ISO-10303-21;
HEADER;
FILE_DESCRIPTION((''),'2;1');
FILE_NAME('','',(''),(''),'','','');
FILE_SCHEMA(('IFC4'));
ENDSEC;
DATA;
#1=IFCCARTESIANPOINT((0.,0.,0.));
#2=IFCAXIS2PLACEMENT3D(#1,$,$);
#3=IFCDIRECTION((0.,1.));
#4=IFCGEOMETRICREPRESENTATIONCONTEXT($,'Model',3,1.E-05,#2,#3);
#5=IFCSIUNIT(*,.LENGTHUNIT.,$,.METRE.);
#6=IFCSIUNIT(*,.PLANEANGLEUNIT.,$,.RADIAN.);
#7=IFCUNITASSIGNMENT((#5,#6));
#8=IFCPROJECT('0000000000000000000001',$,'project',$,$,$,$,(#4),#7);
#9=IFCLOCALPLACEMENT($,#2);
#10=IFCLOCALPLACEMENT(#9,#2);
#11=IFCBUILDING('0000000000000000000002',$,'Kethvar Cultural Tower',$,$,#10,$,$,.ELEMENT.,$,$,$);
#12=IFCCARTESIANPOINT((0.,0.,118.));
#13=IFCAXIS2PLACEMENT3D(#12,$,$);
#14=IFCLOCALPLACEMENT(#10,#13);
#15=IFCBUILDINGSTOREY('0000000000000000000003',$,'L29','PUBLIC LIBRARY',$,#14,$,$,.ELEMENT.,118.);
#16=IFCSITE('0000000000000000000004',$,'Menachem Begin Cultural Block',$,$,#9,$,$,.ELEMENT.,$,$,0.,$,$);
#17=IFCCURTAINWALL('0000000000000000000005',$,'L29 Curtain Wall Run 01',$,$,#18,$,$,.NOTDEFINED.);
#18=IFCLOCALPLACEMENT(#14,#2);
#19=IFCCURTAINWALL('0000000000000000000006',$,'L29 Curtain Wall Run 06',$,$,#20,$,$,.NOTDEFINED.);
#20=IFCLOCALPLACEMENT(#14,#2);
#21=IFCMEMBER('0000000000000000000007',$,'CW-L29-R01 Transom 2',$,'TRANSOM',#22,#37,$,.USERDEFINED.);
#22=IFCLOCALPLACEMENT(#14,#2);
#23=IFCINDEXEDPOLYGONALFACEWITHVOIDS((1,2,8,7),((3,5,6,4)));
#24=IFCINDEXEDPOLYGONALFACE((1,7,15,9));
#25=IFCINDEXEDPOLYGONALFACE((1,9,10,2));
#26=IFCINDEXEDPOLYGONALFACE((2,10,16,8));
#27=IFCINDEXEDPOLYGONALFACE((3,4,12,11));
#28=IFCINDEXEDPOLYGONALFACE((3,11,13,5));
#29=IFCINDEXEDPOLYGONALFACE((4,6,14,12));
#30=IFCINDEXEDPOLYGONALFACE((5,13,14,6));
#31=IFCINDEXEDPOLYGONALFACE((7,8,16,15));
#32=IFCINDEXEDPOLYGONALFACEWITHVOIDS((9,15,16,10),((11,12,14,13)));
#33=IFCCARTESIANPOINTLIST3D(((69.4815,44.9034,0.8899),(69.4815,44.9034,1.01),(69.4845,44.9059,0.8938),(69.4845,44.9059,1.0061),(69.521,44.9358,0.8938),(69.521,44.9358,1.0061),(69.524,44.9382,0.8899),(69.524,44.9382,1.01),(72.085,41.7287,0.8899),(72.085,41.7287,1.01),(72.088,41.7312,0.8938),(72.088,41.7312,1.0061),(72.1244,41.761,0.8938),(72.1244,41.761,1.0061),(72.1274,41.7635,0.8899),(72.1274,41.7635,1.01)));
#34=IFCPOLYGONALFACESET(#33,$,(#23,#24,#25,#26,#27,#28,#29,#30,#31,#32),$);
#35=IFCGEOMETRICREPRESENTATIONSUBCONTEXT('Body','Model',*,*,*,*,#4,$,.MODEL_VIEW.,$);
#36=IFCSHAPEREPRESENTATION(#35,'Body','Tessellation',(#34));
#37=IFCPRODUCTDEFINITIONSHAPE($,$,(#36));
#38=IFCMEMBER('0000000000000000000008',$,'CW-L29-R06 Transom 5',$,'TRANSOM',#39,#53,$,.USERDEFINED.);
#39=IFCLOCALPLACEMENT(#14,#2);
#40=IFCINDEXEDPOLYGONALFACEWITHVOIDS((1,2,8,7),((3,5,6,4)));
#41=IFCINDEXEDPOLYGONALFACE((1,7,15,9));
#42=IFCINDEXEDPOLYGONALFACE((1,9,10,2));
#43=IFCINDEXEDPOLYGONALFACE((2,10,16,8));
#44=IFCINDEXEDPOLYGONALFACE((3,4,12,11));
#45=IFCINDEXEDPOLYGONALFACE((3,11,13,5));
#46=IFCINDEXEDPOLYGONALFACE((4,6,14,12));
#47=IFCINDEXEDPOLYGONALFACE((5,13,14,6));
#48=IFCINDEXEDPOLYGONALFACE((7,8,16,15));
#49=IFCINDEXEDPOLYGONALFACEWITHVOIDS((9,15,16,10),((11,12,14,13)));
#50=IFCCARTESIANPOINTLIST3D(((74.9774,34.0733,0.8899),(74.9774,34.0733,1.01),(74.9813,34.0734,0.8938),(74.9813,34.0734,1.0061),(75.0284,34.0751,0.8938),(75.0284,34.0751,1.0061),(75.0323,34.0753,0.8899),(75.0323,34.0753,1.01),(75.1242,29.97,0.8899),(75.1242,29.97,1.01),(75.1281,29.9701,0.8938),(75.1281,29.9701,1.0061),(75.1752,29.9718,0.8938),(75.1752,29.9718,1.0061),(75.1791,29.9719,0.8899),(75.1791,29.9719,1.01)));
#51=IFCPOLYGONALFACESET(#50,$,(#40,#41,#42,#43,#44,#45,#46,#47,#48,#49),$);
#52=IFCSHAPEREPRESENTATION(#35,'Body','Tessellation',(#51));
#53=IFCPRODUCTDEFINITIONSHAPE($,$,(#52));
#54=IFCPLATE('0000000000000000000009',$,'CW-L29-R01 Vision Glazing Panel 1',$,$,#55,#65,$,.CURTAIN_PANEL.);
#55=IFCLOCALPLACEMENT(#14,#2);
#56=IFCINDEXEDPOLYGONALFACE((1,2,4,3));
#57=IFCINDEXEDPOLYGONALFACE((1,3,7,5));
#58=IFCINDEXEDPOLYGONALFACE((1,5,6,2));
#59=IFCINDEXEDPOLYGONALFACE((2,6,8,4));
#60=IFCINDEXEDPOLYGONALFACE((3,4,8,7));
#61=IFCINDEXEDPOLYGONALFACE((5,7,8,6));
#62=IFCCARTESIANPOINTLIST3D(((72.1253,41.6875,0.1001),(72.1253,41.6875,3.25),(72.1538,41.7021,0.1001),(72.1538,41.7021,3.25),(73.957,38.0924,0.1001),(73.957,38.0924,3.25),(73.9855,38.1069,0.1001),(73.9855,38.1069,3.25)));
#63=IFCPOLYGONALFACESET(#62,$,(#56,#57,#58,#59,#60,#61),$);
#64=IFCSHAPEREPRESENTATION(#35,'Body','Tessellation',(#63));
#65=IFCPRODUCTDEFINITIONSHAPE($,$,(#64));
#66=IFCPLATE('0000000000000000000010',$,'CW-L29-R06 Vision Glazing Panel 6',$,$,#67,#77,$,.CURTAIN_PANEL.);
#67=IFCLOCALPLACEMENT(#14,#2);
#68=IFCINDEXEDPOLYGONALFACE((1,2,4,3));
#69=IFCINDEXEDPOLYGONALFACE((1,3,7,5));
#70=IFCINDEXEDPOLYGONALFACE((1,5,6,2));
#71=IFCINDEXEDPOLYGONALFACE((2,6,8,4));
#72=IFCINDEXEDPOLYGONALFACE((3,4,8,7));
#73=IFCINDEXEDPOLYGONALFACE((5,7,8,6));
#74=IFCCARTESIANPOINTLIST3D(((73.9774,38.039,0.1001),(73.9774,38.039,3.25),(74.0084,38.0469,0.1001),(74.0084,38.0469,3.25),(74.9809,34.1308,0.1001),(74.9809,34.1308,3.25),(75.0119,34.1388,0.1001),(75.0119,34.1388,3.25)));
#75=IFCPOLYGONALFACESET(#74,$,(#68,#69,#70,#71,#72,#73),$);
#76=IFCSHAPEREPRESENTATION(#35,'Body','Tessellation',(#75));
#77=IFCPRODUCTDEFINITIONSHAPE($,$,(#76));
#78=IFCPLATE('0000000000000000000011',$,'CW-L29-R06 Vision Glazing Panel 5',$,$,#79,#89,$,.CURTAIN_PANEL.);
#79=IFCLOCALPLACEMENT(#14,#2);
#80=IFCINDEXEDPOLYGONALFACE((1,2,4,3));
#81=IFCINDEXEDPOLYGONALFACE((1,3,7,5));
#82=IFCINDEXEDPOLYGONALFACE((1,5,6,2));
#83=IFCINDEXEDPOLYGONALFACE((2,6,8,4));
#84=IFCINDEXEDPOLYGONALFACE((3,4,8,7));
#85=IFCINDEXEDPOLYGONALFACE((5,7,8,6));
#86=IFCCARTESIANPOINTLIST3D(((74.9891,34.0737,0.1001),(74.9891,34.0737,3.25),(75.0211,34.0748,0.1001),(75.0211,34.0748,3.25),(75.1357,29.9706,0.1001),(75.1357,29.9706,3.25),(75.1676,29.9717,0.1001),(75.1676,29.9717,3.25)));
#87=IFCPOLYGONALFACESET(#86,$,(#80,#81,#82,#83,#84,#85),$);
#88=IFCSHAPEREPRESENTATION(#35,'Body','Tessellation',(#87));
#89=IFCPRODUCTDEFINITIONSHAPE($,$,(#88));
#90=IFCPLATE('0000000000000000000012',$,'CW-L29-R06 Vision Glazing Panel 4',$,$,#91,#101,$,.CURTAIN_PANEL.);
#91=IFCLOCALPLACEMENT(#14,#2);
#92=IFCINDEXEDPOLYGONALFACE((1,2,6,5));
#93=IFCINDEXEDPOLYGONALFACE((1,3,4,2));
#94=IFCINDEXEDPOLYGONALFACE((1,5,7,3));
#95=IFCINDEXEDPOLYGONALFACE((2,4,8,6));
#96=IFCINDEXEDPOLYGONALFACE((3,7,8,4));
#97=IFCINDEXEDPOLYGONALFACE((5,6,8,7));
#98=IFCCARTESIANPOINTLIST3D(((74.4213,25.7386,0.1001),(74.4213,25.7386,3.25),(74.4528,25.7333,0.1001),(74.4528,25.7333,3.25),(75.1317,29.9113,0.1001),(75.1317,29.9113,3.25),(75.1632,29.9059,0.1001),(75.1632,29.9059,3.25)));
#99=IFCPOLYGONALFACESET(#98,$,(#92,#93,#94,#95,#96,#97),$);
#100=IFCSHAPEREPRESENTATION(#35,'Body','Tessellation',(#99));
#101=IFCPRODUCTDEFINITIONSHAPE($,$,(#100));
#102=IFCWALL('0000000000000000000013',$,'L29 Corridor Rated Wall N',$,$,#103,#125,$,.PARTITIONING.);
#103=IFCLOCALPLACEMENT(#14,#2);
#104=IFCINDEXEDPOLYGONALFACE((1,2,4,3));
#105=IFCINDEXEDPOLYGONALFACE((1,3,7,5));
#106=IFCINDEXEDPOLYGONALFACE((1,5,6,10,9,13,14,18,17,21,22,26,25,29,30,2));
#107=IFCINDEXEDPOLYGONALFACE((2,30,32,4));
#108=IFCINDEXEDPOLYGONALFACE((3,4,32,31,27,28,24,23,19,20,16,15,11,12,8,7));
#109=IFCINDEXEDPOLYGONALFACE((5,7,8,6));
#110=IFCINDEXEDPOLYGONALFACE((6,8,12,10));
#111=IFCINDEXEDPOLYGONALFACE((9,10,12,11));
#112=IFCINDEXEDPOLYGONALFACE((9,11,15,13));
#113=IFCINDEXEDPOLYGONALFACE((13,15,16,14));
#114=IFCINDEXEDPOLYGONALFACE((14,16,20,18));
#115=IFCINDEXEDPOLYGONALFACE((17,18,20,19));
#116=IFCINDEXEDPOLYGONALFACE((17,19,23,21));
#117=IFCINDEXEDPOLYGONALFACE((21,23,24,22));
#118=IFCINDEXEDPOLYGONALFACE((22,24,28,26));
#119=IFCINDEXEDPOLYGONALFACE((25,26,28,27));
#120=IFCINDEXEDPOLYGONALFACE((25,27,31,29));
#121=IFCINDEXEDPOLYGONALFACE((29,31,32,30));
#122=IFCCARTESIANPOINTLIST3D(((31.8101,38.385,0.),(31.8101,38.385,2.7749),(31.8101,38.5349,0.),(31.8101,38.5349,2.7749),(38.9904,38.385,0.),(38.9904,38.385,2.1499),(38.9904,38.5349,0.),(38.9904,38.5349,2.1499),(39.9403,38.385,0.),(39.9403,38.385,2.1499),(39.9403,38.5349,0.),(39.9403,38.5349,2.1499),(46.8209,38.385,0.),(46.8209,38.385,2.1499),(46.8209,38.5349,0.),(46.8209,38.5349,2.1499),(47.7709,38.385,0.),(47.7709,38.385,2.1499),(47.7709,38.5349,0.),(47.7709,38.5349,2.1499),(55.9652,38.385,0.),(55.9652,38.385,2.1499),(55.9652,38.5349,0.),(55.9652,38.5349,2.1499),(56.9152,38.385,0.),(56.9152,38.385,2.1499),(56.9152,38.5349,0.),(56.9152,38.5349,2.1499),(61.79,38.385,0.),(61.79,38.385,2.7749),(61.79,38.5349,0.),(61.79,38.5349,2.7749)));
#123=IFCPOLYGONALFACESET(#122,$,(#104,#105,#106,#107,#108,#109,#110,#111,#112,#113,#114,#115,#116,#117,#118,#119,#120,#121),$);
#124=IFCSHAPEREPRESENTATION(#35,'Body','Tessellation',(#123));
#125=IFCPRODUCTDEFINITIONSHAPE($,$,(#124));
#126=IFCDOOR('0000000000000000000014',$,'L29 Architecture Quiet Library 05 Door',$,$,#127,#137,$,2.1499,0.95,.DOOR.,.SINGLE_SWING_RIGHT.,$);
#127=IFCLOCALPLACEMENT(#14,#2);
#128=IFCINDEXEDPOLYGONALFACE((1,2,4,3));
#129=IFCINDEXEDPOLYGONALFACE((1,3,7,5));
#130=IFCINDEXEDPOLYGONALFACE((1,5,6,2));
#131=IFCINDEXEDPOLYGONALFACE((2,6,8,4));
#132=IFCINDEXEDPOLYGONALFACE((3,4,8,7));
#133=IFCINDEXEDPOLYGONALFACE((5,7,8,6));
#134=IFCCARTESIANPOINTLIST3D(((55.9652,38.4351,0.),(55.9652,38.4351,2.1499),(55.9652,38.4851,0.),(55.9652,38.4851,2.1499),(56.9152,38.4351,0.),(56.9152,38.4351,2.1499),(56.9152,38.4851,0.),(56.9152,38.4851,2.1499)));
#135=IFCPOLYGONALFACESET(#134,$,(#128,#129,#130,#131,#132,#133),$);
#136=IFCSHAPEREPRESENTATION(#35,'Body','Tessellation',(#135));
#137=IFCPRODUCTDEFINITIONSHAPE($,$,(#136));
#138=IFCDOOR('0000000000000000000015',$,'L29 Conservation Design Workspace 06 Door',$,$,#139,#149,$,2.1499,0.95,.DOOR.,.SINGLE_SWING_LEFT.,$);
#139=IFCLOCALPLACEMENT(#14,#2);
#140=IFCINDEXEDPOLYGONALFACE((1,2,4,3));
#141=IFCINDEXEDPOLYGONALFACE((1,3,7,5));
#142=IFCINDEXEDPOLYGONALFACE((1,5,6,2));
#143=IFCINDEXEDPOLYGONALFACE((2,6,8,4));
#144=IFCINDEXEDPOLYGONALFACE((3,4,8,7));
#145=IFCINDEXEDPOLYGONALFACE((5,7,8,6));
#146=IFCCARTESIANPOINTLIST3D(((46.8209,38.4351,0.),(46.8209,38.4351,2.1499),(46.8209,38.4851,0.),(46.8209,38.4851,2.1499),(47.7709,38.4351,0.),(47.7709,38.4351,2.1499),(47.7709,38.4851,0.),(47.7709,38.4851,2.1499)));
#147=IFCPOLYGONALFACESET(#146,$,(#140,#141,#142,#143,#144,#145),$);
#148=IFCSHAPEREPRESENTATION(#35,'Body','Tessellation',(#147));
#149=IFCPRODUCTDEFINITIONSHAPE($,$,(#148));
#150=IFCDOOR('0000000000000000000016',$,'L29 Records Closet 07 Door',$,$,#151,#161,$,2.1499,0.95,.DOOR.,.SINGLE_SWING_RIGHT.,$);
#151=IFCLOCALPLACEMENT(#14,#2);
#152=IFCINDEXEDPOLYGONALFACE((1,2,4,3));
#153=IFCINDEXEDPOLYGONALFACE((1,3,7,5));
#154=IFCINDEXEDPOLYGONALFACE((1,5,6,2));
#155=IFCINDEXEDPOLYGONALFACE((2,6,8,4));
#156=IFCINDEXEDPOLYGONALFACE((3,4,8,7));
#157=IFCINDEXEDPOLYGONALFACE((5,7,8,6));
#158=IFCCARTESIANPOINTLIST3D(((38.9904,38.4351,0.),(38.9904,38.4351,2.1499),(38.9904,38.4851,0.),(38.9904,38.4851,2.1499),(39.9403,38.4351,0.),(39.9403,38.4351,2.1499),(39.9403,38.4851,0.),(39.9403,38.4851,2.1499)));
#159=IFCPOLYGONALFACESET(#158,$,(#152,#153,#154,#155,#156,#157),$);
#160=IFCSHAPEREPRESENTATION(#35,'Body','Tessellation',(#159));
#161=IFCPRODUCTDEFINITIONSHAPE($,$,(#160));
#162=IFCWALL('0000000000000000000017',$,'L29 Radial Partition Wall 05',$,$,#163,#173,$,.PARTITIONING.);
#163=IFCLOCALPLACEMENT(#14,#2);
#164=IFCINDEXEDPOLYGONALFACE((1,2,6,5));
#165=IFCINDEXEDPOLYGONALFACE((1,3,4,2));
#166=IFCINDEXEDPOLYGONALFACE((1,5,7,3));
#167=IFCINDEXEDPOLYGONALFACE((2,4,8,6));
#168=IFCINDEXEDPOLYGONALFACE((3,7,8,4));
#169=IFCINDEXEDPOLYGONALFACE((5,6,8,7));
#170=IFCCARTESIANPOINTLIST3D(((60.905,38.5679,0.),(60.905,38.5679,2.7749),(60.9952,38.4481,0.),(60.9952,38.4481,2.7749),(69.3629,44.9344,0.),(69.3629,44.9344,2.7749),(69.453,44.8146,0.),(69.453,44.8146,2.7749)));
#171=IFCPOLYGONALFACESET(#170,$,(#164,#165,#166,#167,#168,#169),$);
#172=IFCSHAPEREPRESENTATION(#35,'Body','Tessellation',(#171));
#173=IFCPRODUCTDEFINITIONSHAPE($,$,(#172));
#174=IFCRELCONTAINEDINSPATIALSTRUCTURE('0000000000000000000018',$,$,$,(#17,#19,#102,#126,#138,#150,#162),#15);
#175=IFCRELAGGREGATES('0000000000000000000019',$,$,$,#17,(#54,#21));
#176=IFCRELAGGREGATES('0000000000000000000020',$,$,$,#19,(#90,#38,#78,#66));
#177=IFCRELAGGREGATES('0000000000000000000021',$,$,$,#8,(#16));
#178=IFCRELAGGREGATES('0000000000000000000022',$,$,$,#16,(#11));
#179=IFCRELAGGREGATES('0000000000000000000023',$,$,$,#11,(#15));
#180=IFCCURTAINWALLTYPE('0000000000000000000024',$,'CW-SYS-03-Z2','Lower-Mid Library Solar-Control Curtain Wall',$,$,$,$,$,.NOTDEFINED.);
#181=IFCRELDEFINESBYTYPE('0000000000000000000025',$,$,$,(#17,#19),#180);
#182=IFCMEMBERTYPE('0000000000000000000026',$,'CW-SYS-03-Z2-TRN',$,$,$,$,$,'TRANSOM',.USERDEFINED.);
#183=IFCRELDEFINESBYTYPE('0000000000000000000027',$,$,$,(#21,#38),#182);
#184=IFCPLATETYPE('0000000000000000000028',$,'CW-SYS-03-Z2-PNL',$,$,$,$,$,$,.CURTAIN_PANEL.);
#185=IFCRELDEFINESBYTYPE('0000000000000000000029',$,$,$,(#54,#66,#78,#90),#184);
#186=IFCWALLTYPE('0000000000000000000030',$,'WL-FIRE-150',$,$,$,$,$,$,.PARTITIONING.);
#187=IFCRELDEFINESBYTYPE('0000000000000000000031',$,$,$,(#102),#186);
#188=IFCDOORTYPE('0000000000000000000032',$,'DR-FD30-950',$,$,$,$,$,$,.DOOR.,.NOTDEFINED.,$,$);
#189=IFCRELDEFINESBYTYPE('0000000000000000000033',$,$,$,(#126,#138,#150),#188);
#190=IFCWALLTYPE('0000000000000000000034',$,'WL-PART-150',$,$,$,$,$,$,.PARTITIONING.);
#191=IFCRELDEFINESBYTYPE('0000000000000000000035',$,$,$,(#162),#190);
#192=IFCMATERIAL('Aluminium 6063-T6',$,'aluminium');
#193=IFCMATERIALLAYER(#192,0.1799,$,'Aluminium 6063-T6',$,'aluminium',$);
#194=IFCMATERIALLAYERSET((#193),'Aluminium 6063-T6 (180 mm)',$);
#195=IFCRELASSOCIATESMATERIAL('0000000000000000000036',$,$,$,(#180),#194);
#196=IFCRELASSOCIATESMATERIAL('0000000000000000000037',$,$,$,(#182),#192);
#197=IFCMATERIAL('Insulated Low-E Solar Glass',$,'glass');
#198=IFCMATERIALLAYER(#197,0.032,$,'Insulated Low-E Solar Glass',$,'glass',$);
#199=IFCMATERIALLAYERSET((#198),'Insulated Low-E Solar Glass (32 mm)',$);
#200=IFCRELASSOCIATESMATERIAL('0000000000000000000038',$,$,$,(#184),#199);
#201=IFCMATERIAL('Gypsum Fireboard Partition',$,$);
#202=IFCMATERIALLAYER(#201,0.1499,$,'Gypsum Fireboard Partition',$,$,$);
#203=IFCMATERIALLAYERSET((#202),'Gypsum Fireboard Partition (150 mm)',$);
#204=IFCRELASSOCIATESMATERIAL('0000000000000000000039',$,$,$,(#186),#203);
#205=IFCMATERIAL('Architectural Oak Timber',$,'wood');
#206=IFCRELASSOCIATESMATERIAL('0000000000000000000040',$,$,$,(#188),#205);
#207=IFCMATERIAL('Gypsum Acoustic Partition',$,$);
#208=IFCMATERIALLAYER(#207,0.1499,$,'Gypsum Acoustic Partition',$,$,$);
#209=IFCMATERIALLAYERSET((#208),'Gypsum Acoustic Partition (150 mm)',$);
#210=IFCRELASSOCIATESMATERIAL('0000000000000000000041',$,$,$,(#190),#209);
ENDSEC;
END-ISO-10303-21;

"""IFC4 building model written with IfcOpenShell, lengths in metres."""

from ifc_helpers import new_model, si_unit, direction, frame, frame_2d, origin, origin_2d, place, context, subcontext, project, spatial, rectangle, hollow_rectangle, extrude, source, transform, mapped, material, layer, layer_set, material_profile, profile_set, type_object, element, fill, aggregate, save


model = new_model("IFC4")

# Units and contexts
model_context = context("Model", 3, precision=1e-05, world=origin(), true_north=direction((0.0, 1.0)))
body_context = subcontext(model_context, "Body", "Model", "MODEL_VIEW")
ifc_project = project(units=[si_unit("LENGTHUNIT", "METRE"), si_unit("PLANEANGLEUNIT", "RADIAN")], contexts=[model_context])

# Site, building, storey
site_placement = place(None, origin())
site = spatial("IfcSite", under=ifc_project, at=site_placement, Name="Menachem Begin Cultural Block", CompositionType="ELEMENT", RefElevation=0.0)
building_placement = place(site_placement, origin())
building = spatial("IfcBuilding", under=site, at=building_placement, Name="Kethvar Cultural Tower", CompositionType="ELEMENT")
storey_placement = place(building_placement, frame((0.0, 0.0, 118.0)))
storey = spatial("IfcBuildingStorey", under=building, at=storey_placement, Name="L29", Description="PUBLIC LIBRARY", CompositionType="ELEMENT", Elevation=118.0)

# Curtain walls
ifc_material_1 = material(Name="Aluminium 6063-T6", Category="aluminium")
ifc_layer_1 = layer(ifc_material_1, 0.1799, Name="Aluminium 6063-T6", Category="aluminium")
ifc_layer_set_1 = layer_set([ifc_layer_1], Name="Aluminium 6063-T6 (180 mm)")
curtain_wall_type = type_object("IfcCurtainWallType", Name="CW-SYS-03-Z2", Description="Lower-Mid Library Solar-Control Curtain Wall", PredefinedType="NOTDEFINED", material=ifc_layer_set_1)
curtain_wall_1_placement = place(storey_placement, origin())
curtain_wall_1 = element("IfcCurtainWall", 1, at=curtain_wall_1_placement, inside=storey, type_object=curtain_wall_type, Name="L29 Curtain Wall Run 01", PredefinedType="NOTDEFINED")
curtain_wall_2_placement = place(storey_placement, origin())
curtain_wall_2 = element("IfcCurtainWall", 2, at=curtain_wall_2_placement, inside=storey, type_object=curtain_wall_type, Name="L29 Curtain Wall Run 06", PredefinedType="NOTDEFINED")

# Members
ifc_material_profile_1 = material_profile(ifc_material_1, hollow_rectangle(XDim=0.0549, YDim=0.1201, WallThickness=0.0039, at=origin_2d()), Name="Aluminium 6063-T6 — RHS120x55x4")
ifc_profile_set_1 = profile_set([ifc_material_profile_1], Name="Aluminium 6063-T6 — RHS120x55x4")
member_type_1 = type_object("IfcMemberType", Name="CW-SYS-03-Z2-TRN", ElementType="TRANSOM", PredefinedType="USERDEFINED", material=ifc_profile_set_1)
shared_shape_1 = source(origin(), body_context, "Body", "SweptSolid", [
    extrude(hollow_rectangle(XDim=0.0549, YDim=0.1201, WallThickness=0.0039, at=origin_2d()), origin(), (0.0, 0.0, 1.0), 4.1057),
])
member_1_placement = place(storey_placement, frame((72.1062, 41.7461, 0.95), z_axis=(-0.634105, 0.773247, 0.0), x_axis=(-0.773247, -0.634105, 0.0)))
member_1 = element("IfcMember", 3, at=member_1_placement, type_object=member_type_1, Name="CW-L29-R01 Transom 2", ObjectType="TRANSOM", PredefinedType="USERDEFINED", context=body_context, shape_type="MappedRepresentation", body=[
    mapped(shared_shape_1, transform((0.0, 0.0, 0.0), scale=1.0)),
])
shared_shape_2 = source(origin(), body_context, "Body", "SweptSolid", [
    extrude(hollow_rectangle(XDim=0.0549, YDim=0.1201, WallThickness=0.0039, at=origin_2d()), origin(), (0.0, 0.0, 1.0), 4.106),
])
member_2_placement = place(storey_placement, frame((75.1516, 29.9709, 0.95), z_axis=(-0.035736, 0.999361, 0.0), x_axis=(-0.999361, -0.035736, 0.0)))
member_2 = element("IfcMember", 4, at=member_2_placement, type_object=member_type_1, Name="CW-L29-R06 Transom 5", ObjectType="TRANSOM", PredefinedType="USERDEFINED", context=body_context, shape_type="MappedRepresentation", body=[
    mapped(shared_shape_2, transform((0.0, 0.0, 0.0), scale=1.0)),
])

# Plates
ifc_material_2 = material(Name="Insulated Low-E Solar Glass", Category="glass")
ifc_layer_2 = layer(ifc_material_2, 0.032, Name="Insulated Low-E Solar Glass", Category="glass")
ifc_layer_set_2 = layer_set([ifc_layer_2], Name="Insulated Low-E Solar Glass (32 mm)")
plate_type = type_object("IfcPlateType", Name="CW-SYS-03-Z2-PNL", PredefinedType="CURTAIN_PANEL", material=ifc_layer_set_2)
shared_shape_3 = source(origin(), body_context, "Body", "SweptSolid", [
    extrude(rectangle(XDim=4.0349, YDim=0.032, at=origin_2d()), origin(), (0.0, 0.0, 1.0), 3.1499),
])
plate_1_placement = place(storey_placement, frame((73.0554, 39.8972, 0.1001), z_axis=(0.0, 0.0, 1.0), x_axis=(-0.453975, 0.891014, 0.0)))
plate_1 = element("IfcPlate", 5, at=plate_1_placement, type_object=plate_type, Name="CW-L29-R01 Vision Glazing Panel 1", PredefinedType="CURTAIN_PANEL", context=body_context, shape_type="MappedRepresentation", body=[
    mapped(shared_shape_3, transform((0.0, 0.0, 0.0), scale=1.0)),
])
aggregate(curtain_wall_1, [plate_1, member_1])
plate_2_placement = place(storey_placement, frame((74.4946, 36.0889, 0.1001), z_axis=(0.0, 0.0, 1.0), x_axis=(-0.248707, 0.968579, 0.0)))
plate_2 = element("IfcPlate", 6, at=plate_2_placement, type_object=plate_type, Name="CW-L29-R06 Vision Glazing Panel 6", PredefinedType="CURTAIN_PANEL", context=body_context, shape_type="MappedRepresentation", body=[
    mapped(shared_shape_3, transform((0.0, 0.0, 0.0), scale=1.0)),
])
shared_shape_4 = source(origin(), body_context, "Body", "SweptSolid", [
    extrude(rectangle(XDim=4.1057, YDim=0.032, at=origin_2d()), origin(), (0.0, 0.0, 1.0), 3.1499),
])
plate_3_placement = place(storey_placement, frame((75.0784, 32.0227, 0.1001), z_axis=(0.0, 0.0, 1.0), x_axis=(-0.035702, 0.999362, 0.0)))
plate_3 = element("IfcPlate", 7, at=plate_3_placement, type_object=plate_type, Name="CW-L29-R06 Vision Glazing Panel 5", PredefinedType="CURTAIN_PANEL", context=body_context, shape_type="MappedRepresentation", body=[
    mapped(shared_shape_4, transform((0.0, 0.0, 0.0), scale=1.0)),
])
shared_shape_5 = source(origin(), body_context, "Body", "SweptSolid", [
    extrude(rectangle(XDim=4.2327, YDim=0.032, at=origin_2d()), origin(), (0.0, 0.0, 1.0), 3.1499),
])
plate_4_placement = place(storey_placement, frame((74.7922, 27.8223, 0.1001), z_axis=(0.0, 0.0, 1.0), x_axis=(0.167836, 0.985815, 0.0)))
plate_4 = element("IfcPlate", 8, at=plate_4_placement, type_object=plate_type, Name="CW-L29-R06 Vision Glazing Panel 4", PredefinedType="CURTAIN_PANEL", context=body_context, shape_type="MappedRepresentation", body=[
    mapped(shared_shape_5, transform((0.0, 0.0, 0.0), scale=1.0)),
])
aggregate(curtain_wall_2, [plate_4, member_2, plate_3, plate_2])

# Wall, openings, doors
ifc_material_3 = material(Name="Gypsum Fireboard Partition")
ifc_layer_3 = layer(ifc_material_3, 0.1499, Name="Gypsum Fireboard Partition")
ifc_layer_set_3 = layer_set([ifc_layer_3], Name="Gypsum Fireboard Partition (150 mm)")
wall_type_1 = type_object("IfcWallType", Name="WL-FIRE-150", PredefinedType="PARTITIONING", material=ifc_layer_set_3)
wall_1_placement = place(storey_placement, frame((61.79, 38.46, 0.0), z_axis=(0.0, 0.0, 1.0), x_axis=(-1.0, 0.0, 0.0)))
wall_1 = element("IfcWall", 9, at=wall_1_placement, inside=storey, type_object=wall_type_1, Name="L29 Corridor Rated Wall N", PredefinedType="PARTITIONING", context=body_context, shape_type="SweptSolid", body=[
    extrude(rectangle(XDim=29.98, YDim=0.1499, at=frame_2d((14.99, 0.0))), origin(), (0.0, 0.0, 1.0), 2.7749),
])
opening_1_placement = place(wall_1_placement, frame((4.8748, 0.0, 0.0)))
opening_1 = element("IfcOpeningElement", 10, at=opening_1_placement, cuts=wall_1, PredefinedType="OPENING", context=body_context, shape_type="SweptSolid", body=[
    extrude(rectangle(XDim=0.95, YDim=2.1499, at=frame_2d((0.4751, 1.075))), frame((0.0, 0.085, 0.0), z_axis=(0.0, -1.0, 0.0), x_axis=(1.0, 0.0, 0.0)), (0.0, 0.0, 1.0), 0.1699),
])
opening_2_placement = place(wall_1_placement, frame((14.019, 0.0, 0.0)))
opening_2 = element("IfcOpeningElement", 11, at=opening_2_placement, cuts=wall_1, PredefinedType="OPENING", context=body_context, shape_type="SweptSolid", body=[
    extrude(rectangle(XDim=0.95, YDim=2.1499, at=frame_2d((0.4751, 1.075))), frame((0.0, 0.085, 0.0), z_axis=(0.0, -1.0, 0.0), x_axis=(1.0, 0.0, 0.0)), (0.0, 0.0, 1.0), 0.1699),
])
opening_3_placement = place(wall_1_placement, frame((21.8496, 0.0, 0.0)))
opening_3 = element("IfcOpeningElement", 12, at=opening_3_placement, cuts=wall_1, PredefinedType="OPENING", context=body_context, shape_type="SweptSolid", body=[
    extrude(rectangle(XDim=0.95, YDim=2.1499, at=frame_2d((0.4751, 1.075))), frame((0.0, 0.085, 0.0), z_axis=(0.0, -1.0, 0.0), x_axis=(1.0, 0.0, 0.0)), (0.0, 0.0, 1.0), 0.1699),
])
ifc_material_4 = material(Name="Architectural Oak Timber", Category="wood")
door_type = type_object("IfcDoorType", Name="DR-FD30-950", OperationType="NOTDEFINED", PredefinedType="DOOR", material=ifc_material_4)
shared_shape_6 = source(origin(), body_context, "Body", "SweptSolid", [
    extrude(rectangle(XDim=0.95, YDim=2.1499, at=frame_2d((0.4751, 1.075))), frame((0.0, 0.0249, 0.0), z_axis=(0.0, -1.0, 0.0), x_axis=(1.0, 0.0, 0.0)), (0.0, 0.0, 1.0), 0.05),
])
door_1_placement = place(opening_1_placement, origin())
door_1 = element("IfcDoor", 13, at=door_1_placement, inside=storey, type_object=door_type, Name="L29 Architecture Quiet Library 05 Door", OperationType="SINGLE_SWING_RIGHT", OverallHeight=2.1499, OverallWidth=0.95, PredefinedType="DOOR", context=body_context, shape_type="MappedRepresentation", body=[
    mapped(shared_shape_6, transform((0.0, 0.0, 0.0), scale=1.0)),
])
fill(opening_1, door_1)
door_2_placement = place(opening_2_placement, origin())
door_2 = element("IfcDoor", 14, at=door_2_placement, inside=storey, type_object=door_type, Name="L29 Conservation Design Workspace 06 Door", OperationType="SINGLE_SWING_LEFT", OverallHeight=2.1499, OverallWidth=0.95, PredefinedType="DOOR", context=body_context, shape_type="MappedRepresentation", body=[
    mapped(shared_shape_6, transform((0.0, 0.0, 0.0), scale=1.0)),
])
fill(opening_2, door_2)
door_3_placement = place(opening_3_placement, origin())
door_3 = element("IfcDoor", 15, at=door_3_placement, inside=storey, type_object=door_type, Name="L29 Records Closet 07 Door", OperationType="SINGLE_SWING_RIGHT", OverallHeight=2.1499, OverallWidth=0.95, PredefinedType="DOOR", context=body_context, shape_type="MappedRepresentation", body=[
    mapped(shared_shape_6, transform((0.0, 0.0, 0.0), scale=1.0)),
])
fill(opening_3, door_3)

# Wall
ifc_material_5 = material(Name="Gypsum Acoustic Partition")
ifc_layer_4 = layer(ifc_material_5, 0.1499, Name="Gypsum Acoustic Partition")
ifc_layer_set_4 = layer_set([ifc_layer_4], Name="Gypsum Acoustic Partition (150 mm)")
wall_type_2 = type_object("IfcWallType", Name="WL-PART-150", PredefinedType="PARTITIONING", material=ifc_layer_set_4)
wall_2_placement = place(storey_placement, frame((60.9502, 38.5081, 0.0), z_axis=(0.0, 0.0, 1.0), x_axis=(0.79895, 0.601398, 0.0)))
element("IfcWall", 16, at=wall_2_placement, inside=storey, type_object=wall_type_2, Name="L29 Radial Partition Wall 05", PredefinedType="PARTITIONING", context=body_context, shape_type="SweptSolid", body=[
    extrude(rectangle(XDim=10.5862, YDim=0.1499, at=frame_2d((5.293, 0.0))), origin(), (0.0, 0.0, 1.0), 2.7749),
])

save(model, "model.ifc")
